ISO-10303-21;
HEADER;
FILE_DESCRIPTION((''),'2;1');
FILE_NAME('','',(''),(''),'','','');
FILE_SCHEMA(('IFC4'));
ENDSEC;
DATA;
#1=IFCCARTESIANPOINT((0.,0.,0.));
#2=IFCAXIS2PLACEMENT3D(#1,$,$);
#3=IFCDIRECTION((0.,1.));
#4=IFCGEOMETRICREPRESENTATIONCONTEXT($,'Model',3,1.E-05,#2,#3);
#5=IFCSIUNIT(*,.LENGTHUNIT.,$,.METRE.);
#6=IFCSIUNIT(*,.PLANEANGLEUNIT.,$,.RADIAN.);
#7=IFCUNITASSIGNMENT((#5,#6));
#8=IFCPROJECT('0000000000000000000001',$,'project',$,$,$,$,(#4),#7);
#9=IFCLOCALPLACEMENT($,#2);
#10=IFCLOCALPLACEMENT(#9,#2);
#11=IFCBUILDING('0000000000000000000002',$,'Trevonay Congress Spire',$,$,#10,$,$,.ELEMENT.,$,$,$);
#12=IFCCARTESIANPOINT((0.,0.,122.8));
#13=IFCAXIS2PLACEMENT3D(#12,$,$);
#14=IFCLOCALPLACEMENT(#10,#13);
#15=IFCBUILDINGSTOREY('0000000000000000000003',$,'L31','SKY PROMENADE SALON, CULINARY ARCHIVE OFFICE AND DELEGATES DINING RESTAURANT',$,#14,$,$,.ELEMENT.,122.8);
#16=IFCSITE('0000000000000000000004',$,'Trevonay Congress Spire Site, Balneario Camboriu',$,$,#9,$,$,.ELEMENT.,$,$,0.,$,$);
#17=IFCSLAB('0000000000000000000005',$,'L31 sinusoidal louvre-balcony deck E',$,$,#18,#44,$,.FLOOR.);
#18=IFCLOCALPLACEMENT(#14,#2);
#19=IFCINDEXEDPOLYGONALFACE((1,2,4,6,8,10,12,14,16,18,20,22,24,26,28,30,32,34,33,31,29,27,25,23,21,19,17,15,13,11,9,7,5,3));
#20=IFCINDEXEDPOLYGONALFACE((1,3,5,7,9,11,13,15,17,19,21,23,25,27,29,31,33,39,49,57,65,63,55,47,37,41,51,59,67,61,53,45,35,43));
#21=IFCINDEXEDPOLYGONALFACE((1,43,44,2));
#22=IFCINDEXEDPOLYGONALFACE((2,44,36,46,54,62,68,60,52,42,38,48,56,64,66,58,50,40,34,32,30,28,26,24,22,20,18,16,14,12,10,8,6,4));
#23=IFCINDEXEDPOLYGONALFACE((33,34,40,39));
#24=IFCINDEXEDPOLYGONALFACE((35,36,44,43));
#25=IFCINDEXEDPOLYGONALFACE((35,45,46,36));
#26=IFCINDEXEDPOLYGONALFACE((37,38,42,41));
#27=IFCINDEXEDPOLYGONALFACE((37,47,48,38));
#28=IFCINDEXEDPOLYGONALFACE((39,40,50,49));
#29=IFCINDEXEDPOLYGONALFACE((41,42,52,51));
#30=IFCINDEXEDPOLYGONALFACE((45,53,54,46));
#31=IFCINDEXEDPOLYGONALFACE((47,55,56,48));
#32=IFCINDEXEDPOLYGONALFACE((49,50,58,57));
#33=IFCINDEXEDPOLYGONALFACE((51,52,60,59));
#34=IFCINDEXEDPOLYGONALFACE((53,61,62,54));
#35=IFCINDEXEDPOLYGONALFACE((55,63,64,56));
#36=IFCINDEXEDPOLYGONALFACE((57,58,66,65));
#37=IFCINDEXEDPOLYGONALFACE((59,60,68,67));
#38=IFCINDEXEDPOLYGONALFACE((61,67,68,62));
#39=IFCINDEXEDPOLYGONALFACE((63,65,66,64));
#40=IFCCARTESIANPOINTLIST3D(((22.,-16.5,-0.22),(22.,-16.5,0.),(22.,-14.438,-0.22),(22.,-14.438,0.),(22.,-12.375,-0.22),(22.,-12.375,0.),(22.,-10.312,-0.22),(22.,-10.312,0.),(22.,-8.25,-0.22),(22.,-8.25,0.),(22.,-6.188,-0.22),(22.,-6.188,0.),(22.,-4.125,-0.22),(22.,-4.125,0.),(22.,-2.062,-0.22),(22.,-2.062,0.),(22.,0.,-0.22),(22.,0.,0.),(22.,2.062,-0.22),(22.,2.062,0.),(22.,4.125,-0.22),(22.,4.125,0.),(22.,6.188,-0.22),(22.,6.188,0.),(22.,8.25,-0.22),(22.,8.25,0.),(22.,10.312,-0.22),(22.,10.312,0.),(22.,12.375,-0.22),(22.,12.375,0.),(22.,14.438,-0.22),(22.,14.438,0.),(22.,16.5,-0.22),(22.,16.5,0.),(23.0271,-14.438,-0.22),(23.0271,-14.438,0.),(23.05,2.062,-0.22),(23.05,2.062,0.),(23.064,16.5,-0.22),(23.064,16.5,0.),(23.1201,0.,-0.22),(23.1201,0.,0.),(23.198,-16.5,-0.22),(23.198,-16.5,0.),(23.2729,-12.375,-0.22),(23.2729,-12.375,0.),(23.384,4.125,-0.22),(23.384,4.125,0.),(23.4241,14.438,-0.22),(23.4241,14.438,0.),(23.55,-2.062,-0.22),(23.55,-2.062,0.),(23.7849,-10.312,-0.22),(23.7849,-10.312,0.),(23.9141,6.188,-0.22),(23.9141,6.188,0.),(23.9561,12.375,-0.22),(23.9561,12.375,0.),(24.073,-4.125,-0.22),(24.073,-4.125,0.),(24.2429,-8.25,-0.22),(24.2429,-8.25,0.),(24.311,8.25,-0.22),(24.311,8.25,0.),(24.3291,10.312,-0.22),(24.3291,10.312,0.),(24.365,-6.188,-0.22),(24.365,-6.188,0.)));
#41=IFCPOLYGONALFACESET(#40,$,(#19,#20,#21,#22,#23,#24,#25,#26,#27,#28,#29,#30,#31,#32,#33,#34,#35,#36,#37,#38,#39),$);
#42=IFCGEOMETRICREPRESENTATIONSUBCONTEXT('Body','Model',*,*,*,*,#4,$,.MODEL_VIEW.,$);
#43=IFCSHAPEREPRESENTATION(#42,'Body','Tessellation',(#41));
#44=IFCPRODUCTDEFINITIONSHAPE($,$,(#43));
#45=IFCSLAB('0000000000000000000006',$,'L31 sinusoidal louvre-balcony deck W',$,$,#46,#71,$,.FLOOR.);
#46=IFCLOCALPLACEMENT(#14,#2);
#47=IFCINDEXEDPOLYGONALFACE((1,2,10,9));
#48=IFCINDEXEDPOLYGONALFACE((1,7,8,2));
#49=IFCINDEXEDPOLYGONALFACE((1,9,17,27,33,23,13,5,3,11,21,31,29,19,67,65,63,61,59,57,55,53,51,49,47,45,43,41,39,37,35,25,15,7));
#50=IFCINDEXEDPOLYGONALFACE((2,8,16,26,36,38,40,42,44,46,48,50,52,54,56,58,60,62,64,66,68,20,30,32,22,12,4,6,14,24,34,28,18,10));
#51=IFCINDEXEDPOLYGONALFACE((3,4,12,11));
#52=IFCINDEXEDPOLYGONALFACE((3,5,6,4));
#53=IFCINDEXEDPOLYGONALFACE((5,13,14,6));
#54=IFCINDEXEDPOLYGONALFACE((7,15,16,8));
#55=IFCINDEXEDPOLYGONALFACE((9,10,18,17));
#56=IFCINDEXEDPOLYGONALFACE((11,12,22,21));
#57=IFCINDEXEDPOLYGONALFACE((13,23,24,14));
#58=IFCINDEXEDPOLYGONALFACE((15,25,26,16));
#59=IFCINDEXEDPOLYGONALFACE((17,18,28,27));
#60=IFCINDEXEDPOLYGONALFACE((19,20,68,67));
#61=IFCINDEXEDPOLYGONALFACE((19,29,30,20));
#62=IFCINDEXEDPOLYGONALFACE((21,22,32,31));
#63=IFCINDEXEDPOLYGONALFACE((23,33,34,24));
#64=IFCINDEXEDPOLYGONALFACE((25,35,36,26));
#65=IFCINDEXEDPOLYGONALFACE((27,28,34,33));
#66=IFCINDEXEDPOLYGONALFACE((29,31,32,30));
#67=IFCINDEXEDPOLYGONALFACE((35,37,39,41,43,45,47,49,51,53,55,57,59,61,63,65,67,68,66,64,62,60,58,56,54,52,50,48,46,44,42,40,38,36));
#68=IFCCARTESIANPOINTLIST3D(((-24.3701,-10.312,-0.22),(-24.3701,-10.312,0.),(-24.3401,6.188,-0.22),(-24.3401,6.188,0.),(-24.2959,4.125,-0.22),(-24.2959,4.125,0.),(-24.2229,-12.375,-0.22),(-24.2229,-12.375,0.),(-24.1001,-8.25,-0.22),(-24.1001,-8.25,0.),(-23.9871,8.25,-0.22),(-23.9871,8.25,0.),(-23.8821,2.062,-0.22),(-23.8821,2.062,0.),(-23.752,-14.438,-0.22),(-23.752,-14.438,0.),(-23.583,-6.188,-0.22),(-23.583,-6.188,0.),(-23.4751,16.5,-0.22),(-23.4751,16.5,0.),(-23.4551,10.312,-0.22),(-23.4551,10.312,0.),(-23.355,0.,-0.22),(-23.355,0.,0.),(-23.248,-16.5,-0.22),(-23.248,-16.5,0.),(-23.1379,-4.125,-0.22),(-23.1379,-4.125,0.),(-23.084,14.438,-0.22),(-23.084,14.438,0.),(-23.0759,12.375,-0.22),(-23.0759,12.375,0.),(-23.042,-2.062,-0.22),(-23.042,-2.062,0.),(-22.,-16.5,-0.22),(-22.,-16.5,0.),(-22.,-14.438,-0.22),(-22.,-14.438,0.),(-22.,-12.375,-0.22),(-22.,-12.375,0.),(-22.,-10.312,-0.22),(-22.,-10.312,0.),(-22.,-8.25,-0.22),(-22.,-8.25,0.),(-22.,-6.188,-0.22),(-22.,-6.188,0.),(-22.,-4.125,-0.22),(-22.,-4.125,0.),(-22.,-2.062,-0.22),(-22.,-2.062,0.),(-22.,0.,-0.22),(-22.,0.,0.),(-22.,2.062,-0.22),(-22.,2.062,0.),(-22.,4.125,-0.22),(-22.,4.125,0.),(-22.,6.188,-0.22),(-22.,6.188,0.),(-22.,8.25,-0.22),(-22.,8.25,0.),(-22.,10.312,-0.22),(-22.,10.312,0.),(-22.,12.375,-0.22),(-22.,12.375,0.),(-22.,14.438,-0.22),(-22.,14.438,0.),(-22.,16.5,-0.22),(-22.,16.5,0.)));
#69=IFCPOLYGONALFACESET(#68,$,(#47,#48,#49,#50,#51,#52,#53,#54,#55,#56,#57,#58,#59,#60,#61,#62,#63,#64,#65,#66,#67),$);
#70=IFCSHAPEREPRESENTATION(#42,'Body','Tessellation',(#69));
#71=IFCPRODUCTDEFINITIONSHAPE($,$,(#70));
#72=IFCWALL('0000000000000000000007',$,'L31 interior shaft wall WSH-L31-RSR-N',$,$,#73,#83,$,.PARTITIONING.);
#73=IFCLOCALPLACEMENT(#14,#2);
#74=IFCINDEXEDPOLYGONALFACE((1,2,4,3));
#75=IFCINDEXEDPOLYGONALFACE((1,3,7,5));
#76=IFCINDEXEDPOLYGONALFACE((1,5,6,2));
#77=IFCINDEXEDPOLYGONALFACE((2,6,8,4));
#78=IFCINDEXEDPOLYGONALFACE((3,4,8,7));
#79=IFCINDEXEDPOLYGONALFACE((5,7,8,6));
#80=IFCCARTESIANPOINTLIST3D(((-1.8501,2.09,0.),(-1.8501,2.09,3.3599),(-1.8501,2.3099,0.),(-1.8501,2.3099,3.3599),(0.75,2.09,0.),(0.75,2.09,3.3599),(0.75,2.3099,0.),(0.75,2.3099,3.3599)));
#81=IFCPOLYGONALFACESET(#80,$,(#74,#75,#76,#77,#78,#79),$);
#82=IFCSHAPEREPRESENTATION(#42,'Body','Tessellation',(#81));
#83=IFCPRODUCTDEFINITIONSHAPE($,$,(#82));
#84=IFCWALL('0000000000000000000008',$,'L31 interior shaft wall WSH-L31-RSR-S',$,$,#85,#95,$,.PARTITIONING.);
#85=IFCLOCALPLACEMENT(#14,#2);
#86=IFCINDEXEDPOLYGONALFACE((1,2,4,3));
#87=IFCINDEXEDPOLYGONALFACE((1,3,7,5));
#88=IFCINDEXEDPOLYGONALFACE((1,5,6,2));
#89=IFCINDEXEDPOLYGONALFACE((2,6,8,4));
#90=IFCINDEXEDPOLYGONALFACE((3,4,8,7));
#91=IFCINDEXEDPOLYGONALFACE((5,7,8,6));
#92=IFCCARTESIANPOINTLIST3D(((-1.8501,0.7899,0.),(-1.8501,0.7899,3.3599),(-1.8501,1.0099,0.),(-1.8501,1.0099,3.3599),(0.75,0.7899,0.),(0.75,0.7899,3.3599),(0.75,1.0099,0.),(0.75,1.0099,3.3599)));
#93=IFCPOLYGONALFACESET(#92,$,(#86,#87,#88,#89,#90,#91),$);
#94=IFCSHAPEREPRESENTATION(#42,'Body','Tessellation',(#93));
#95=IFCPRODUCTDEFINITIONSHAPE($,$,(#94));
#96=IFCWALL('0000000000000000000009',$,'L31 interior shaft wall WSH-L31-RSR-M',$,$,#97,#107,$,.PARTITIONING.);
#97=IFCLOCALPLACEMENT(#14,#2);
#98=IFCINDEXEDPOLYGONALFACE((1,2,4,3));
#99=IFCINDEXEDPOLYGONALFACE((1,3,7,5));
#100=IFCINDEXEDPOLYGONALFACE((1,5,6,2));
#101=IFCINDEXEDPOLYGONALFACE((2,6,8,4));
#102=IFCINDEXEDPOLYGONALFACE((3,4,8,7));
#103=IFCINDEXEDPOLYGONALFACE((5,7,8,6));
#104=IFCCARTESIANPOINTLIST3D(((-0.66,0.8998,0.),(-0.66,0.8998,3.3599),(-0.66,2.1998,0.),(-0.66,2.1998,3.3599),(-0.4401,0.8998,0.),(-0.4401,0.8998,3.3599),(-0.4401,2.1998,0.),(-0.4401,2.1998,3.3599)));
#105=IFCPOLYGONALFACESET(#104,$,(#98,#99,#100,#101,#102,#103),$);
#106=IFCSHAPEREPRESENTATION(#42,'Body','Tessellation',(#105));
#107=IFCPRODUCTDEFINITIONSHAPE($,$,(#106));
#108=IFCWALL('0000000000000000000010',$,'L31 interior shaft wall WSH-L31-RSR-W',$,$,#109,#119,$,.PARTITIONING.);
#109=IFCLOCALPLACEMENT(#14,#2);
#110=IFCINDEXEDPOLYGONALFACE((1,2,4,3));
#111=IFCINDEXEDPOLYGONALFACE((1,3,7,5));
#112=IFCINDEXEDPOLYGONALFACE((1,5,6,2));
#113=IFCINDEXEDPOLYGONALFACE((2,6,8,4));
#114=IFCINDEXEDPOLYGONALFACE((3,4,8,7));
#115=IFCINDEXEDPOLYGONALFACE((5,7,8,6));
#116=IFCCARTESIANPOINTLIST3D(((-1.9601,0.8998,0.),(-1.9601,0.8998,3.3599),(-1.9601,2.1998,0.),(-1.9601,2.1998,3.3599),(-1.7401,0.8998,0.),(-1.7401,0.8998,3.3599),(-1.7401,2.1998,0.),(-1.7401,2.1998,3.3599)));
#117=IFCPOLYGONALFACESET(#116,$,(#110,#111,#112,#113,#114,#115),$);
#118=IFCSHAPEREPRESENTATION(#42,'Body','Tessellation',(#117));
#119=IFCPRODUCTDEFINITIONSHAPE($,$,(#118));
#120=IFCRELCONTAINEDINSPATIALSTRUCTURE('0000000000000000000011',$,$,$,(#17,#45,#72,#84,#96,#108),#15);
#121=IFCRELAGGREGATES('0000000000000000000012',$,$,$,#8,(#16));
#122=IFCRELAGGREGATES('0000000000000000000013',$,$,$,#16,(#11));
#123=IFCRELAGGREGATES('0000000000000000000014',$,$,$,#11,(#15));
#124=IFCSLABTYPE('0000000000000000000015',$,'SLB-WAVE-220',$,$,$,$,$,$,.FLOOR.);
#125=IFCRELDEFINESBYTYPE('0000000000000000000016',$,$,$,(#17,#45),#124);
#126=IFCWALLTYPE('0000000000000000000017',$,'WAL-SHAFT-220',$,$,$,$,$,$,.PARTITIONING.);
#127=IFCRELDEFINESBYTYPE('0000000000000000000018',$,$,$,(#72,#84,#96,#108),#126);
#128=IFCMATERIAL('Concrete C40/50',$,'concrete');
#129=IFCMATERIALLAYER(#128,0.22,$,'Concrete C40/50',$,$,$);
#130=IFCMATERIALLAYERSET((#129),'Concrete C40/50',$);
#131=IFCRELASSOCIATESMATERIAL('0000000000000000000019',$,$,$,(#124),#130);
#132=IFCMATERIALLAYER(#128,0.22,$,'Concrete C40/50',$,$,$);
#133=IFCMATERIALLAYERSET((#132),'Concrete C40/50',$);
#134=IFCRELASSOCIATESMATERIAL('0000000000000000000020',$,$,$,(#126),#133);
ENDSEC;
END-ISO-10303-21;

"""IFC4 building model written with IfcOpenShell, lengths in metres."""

from ifc_helpers import new_model, si_unit, direction, frame, frame_2d, origin, place, context, subcontext, project, spatial, polyline, rectangle, outline, extrude, material, layer, layer_set, type_object, element, save


model = new_model("IFC4")

# Units and contexts
model_context = context("Model", 3, precision=1e-05, world=origin(), true_north=direction((0.0, 1.0)))
body_context = subcontext(model_context, "Body", "Model", "MODEL_VIEW")
ifc_project = project(units=[si_unit("LENGTHUNIT", "METRE"), si_unit("PLANEANGLEUNIT", "RADIAN")], contexts=[model_context])

# Site, building, storey
site_placement = place(None, origin())
site = spatial("IfcSite", under=ifc_project, at=site_placement, Name="Trevonay Congress Spire Site, Balneario Camboriu", CompositionType="ELEMENT", RefElevation=0.0)
building_placement = place(site_placement, origin())
building = spatial("IfcBuilding", under=site, at=building_placement, Name="Trevonay Congress Spire", CompositionType="ELEMENT")
storey_placement = place(building_placement, frame((0.0, 0.0, 122.8)))
storey = spatial("IfcBuildingStorey", under=building, at=storey_placement, Name="L31", Description="SKY PROMENADE SALON, CULINARY ARCHIVE OFFICE AND DELEGATES DINING RESTAURANT", CompositionType="ELEMENT", Elevation=122.8)

# Shared definitions
ifc_material_1 = material(Name="Concrete C40/50", Category="concrete")

# Slabs
ifc_layer_1 = layer(ifc_material_1, 0.22, Name="Concrete C40/50")
ifc_layer_set_1 = layer_set([ifc_layer_1], Name="Concrete C40/50")
slab_type_1 = type_object("IfcSlabType", Name="SLB-WAVE-220", PredefinedType="FLOOR", material=ifc_layer_set_1)
slab_1_placement = place(storey_placement, frame((0.0, 0.0, -0.22)))
element("IfcSlab", 1, at=slab_1_placement, inside=storey, type_object=slab_type_1, Name="L31 sinusoidal louvre-balcony deck E", PredefinedType="FLOOR", context=body_context, shape_type="SweptSolid", body=[
    extrude(outline(polyline([(23.198, -16.5), (23.0271, -14.438), (23.2729, -12.375), (23.7849, -10.312), (24.2429, -8.25), (24.365, -6.188), (24.073, -4.125), (23.55, -2.062), (23.1201, 0.0), (23.05, 2.062), (23.384, 4.125), (23.9141, 6.188), (24.311, 8.25), (24.3291, 10.312), (23.9561, 12.375), (23.4241, 14.438), (23.064, 16.5), (22.0, 16.5), (22.0, 14.438), (22.0, 12.375), (22.0, 10.312), (22.0, 8.25), (22.0, 6.188), (22.0, 4.125), (22.0, 2.062), (22.0, 0.0), (22.0, -2.062), (22.0, -4.125), (22.0, -6.188), (22.0, -8.25), (22.0, -10.312), (22.0, -12.375), (22.0, -14.438), (22.0, -16.5), (23.198, -16.5)])), origin(), (0.0, 0.0, 1.0), 0.22),
])
slab_2_placement = place(storey_placement, frame((0.0, 0.0, -0.22)))
element("IfcSlab", 2, at=slab_2_placement, inside=storey, type_object=slab_type_1, Name="L31 sinusoidal louvre-balcony deck W", PredefinedType="FLOOR", context=body_context, shape_type="SweptSolid", body=[
    extrude(outline(polyline([(-22.0, -16.5), (-22.0, -14.438), (-22.0, -12.375), (-22.0, -10.312), (-22.0, -8.25), (-22.0, -6.188), (-22.0, -4.125), (-22.0, -2.062), (-22.0, 0.0), (-22.0, 2.062), (-22.0, 4.125), (-22.0, 6.188), (-22.0, 8.25), (-22.0, 10.312), (-22.0, 12.375), (-22.0, 14.438), (-22.0, 16.5), (-23.4751, 16.5), (-23.084, 14.438), (-23.0759, 12.375), (-23.4551, 10.312), (-23.9871, 8.25), (-24.3401, 6.188), (-24.2959, 4.125), (-23.8821, 2.062), (-23.355, 0.0), (-23.042, -2.062), (-23.1379, -4.125), (-23.583, -6.188), (-24.1001, -8.25), (-24.3701, -10.312), (-24.2229, -12.375), (-23.752, -14.438), (-23.248, -16.5), (-22.0, -16.5)])), origin(), (0.0, 0.0, 1.0), 0.22),
])

# Walls
ifc_layer_2 = layer(ifc_material_1, 0.22, Name="Concrete C40/50")
ifc_layer_set_2 = layer_set([ifc_layer_2], Name="Concrete C40/50")
wall_type_1 = type_object("IfcWallType", Name="WAL-SHAFT-220", PredefinedType="PARTITIONING", material=ifc_layer_set_2)
for number, where, z_axis, x_axis, name in (
    (3, (-1.8501, 2.2, 0.0), (0.0, 0.0, 1.0), (1.0, 0.0, 0.0), "L31 interior shaft wall WSH-L31-RSR-N"),
    (4, (-1.8501, 0.8999, 0.0), (0.0, 0.0, 1.0), (1.0, 0.0, 0.0), "L31 interior shaft wall WSH-L31-RSR-S"),
):
    element("IfcWall", number, at=place(storey_placement, frame(where, z_axis=z_axis, x_axis=x_axis)), inside=storey, type_object=wall_type_1, Name=name, PredefinedType="PARTITIONING", context=body_context, shape_type="SweptSolid", body=[
        extrude(rectangle(XDim=2.6001, YDim=0.22, at=frame_2d((1.3, 0.0))), origin(), (0.0, 0.0, 1.0), 3.3599),
    ])
for number, where, z_axis, x_axis, name in (
    (5, (-0.55, 0.8999, 0.0), (0.0, 0.0, 1.0), (0.0, 1.0, 0.0), "L31 interior shaft wall WSH-L31-RSR-M"),
    (6, (-1.8501, 0.8999, 0.0), (0.0, 0.0, 1.0), (0.0, 1.0, 0.0), "L31 interior shaft wall WSH-L31-RSR-W"),
):
    element("IfcWall", number, at=place(storey_placement, frame(where, z_axis=z_axis, x_axis=x_axis)), inside=storey, type_object=wall_type_1, Name=name, PredefinedType="PARTITIONING", context=body_context, shape_type="SweptSolid", body=[
        extrude(rectangle(XDim=1.3, YDim=0.22, at=frame_2d((0.6499, 0.0))), origin(), (0.0, 0.0, 1.0), 3.3599),
    ])

save(model, "model.ifc")
